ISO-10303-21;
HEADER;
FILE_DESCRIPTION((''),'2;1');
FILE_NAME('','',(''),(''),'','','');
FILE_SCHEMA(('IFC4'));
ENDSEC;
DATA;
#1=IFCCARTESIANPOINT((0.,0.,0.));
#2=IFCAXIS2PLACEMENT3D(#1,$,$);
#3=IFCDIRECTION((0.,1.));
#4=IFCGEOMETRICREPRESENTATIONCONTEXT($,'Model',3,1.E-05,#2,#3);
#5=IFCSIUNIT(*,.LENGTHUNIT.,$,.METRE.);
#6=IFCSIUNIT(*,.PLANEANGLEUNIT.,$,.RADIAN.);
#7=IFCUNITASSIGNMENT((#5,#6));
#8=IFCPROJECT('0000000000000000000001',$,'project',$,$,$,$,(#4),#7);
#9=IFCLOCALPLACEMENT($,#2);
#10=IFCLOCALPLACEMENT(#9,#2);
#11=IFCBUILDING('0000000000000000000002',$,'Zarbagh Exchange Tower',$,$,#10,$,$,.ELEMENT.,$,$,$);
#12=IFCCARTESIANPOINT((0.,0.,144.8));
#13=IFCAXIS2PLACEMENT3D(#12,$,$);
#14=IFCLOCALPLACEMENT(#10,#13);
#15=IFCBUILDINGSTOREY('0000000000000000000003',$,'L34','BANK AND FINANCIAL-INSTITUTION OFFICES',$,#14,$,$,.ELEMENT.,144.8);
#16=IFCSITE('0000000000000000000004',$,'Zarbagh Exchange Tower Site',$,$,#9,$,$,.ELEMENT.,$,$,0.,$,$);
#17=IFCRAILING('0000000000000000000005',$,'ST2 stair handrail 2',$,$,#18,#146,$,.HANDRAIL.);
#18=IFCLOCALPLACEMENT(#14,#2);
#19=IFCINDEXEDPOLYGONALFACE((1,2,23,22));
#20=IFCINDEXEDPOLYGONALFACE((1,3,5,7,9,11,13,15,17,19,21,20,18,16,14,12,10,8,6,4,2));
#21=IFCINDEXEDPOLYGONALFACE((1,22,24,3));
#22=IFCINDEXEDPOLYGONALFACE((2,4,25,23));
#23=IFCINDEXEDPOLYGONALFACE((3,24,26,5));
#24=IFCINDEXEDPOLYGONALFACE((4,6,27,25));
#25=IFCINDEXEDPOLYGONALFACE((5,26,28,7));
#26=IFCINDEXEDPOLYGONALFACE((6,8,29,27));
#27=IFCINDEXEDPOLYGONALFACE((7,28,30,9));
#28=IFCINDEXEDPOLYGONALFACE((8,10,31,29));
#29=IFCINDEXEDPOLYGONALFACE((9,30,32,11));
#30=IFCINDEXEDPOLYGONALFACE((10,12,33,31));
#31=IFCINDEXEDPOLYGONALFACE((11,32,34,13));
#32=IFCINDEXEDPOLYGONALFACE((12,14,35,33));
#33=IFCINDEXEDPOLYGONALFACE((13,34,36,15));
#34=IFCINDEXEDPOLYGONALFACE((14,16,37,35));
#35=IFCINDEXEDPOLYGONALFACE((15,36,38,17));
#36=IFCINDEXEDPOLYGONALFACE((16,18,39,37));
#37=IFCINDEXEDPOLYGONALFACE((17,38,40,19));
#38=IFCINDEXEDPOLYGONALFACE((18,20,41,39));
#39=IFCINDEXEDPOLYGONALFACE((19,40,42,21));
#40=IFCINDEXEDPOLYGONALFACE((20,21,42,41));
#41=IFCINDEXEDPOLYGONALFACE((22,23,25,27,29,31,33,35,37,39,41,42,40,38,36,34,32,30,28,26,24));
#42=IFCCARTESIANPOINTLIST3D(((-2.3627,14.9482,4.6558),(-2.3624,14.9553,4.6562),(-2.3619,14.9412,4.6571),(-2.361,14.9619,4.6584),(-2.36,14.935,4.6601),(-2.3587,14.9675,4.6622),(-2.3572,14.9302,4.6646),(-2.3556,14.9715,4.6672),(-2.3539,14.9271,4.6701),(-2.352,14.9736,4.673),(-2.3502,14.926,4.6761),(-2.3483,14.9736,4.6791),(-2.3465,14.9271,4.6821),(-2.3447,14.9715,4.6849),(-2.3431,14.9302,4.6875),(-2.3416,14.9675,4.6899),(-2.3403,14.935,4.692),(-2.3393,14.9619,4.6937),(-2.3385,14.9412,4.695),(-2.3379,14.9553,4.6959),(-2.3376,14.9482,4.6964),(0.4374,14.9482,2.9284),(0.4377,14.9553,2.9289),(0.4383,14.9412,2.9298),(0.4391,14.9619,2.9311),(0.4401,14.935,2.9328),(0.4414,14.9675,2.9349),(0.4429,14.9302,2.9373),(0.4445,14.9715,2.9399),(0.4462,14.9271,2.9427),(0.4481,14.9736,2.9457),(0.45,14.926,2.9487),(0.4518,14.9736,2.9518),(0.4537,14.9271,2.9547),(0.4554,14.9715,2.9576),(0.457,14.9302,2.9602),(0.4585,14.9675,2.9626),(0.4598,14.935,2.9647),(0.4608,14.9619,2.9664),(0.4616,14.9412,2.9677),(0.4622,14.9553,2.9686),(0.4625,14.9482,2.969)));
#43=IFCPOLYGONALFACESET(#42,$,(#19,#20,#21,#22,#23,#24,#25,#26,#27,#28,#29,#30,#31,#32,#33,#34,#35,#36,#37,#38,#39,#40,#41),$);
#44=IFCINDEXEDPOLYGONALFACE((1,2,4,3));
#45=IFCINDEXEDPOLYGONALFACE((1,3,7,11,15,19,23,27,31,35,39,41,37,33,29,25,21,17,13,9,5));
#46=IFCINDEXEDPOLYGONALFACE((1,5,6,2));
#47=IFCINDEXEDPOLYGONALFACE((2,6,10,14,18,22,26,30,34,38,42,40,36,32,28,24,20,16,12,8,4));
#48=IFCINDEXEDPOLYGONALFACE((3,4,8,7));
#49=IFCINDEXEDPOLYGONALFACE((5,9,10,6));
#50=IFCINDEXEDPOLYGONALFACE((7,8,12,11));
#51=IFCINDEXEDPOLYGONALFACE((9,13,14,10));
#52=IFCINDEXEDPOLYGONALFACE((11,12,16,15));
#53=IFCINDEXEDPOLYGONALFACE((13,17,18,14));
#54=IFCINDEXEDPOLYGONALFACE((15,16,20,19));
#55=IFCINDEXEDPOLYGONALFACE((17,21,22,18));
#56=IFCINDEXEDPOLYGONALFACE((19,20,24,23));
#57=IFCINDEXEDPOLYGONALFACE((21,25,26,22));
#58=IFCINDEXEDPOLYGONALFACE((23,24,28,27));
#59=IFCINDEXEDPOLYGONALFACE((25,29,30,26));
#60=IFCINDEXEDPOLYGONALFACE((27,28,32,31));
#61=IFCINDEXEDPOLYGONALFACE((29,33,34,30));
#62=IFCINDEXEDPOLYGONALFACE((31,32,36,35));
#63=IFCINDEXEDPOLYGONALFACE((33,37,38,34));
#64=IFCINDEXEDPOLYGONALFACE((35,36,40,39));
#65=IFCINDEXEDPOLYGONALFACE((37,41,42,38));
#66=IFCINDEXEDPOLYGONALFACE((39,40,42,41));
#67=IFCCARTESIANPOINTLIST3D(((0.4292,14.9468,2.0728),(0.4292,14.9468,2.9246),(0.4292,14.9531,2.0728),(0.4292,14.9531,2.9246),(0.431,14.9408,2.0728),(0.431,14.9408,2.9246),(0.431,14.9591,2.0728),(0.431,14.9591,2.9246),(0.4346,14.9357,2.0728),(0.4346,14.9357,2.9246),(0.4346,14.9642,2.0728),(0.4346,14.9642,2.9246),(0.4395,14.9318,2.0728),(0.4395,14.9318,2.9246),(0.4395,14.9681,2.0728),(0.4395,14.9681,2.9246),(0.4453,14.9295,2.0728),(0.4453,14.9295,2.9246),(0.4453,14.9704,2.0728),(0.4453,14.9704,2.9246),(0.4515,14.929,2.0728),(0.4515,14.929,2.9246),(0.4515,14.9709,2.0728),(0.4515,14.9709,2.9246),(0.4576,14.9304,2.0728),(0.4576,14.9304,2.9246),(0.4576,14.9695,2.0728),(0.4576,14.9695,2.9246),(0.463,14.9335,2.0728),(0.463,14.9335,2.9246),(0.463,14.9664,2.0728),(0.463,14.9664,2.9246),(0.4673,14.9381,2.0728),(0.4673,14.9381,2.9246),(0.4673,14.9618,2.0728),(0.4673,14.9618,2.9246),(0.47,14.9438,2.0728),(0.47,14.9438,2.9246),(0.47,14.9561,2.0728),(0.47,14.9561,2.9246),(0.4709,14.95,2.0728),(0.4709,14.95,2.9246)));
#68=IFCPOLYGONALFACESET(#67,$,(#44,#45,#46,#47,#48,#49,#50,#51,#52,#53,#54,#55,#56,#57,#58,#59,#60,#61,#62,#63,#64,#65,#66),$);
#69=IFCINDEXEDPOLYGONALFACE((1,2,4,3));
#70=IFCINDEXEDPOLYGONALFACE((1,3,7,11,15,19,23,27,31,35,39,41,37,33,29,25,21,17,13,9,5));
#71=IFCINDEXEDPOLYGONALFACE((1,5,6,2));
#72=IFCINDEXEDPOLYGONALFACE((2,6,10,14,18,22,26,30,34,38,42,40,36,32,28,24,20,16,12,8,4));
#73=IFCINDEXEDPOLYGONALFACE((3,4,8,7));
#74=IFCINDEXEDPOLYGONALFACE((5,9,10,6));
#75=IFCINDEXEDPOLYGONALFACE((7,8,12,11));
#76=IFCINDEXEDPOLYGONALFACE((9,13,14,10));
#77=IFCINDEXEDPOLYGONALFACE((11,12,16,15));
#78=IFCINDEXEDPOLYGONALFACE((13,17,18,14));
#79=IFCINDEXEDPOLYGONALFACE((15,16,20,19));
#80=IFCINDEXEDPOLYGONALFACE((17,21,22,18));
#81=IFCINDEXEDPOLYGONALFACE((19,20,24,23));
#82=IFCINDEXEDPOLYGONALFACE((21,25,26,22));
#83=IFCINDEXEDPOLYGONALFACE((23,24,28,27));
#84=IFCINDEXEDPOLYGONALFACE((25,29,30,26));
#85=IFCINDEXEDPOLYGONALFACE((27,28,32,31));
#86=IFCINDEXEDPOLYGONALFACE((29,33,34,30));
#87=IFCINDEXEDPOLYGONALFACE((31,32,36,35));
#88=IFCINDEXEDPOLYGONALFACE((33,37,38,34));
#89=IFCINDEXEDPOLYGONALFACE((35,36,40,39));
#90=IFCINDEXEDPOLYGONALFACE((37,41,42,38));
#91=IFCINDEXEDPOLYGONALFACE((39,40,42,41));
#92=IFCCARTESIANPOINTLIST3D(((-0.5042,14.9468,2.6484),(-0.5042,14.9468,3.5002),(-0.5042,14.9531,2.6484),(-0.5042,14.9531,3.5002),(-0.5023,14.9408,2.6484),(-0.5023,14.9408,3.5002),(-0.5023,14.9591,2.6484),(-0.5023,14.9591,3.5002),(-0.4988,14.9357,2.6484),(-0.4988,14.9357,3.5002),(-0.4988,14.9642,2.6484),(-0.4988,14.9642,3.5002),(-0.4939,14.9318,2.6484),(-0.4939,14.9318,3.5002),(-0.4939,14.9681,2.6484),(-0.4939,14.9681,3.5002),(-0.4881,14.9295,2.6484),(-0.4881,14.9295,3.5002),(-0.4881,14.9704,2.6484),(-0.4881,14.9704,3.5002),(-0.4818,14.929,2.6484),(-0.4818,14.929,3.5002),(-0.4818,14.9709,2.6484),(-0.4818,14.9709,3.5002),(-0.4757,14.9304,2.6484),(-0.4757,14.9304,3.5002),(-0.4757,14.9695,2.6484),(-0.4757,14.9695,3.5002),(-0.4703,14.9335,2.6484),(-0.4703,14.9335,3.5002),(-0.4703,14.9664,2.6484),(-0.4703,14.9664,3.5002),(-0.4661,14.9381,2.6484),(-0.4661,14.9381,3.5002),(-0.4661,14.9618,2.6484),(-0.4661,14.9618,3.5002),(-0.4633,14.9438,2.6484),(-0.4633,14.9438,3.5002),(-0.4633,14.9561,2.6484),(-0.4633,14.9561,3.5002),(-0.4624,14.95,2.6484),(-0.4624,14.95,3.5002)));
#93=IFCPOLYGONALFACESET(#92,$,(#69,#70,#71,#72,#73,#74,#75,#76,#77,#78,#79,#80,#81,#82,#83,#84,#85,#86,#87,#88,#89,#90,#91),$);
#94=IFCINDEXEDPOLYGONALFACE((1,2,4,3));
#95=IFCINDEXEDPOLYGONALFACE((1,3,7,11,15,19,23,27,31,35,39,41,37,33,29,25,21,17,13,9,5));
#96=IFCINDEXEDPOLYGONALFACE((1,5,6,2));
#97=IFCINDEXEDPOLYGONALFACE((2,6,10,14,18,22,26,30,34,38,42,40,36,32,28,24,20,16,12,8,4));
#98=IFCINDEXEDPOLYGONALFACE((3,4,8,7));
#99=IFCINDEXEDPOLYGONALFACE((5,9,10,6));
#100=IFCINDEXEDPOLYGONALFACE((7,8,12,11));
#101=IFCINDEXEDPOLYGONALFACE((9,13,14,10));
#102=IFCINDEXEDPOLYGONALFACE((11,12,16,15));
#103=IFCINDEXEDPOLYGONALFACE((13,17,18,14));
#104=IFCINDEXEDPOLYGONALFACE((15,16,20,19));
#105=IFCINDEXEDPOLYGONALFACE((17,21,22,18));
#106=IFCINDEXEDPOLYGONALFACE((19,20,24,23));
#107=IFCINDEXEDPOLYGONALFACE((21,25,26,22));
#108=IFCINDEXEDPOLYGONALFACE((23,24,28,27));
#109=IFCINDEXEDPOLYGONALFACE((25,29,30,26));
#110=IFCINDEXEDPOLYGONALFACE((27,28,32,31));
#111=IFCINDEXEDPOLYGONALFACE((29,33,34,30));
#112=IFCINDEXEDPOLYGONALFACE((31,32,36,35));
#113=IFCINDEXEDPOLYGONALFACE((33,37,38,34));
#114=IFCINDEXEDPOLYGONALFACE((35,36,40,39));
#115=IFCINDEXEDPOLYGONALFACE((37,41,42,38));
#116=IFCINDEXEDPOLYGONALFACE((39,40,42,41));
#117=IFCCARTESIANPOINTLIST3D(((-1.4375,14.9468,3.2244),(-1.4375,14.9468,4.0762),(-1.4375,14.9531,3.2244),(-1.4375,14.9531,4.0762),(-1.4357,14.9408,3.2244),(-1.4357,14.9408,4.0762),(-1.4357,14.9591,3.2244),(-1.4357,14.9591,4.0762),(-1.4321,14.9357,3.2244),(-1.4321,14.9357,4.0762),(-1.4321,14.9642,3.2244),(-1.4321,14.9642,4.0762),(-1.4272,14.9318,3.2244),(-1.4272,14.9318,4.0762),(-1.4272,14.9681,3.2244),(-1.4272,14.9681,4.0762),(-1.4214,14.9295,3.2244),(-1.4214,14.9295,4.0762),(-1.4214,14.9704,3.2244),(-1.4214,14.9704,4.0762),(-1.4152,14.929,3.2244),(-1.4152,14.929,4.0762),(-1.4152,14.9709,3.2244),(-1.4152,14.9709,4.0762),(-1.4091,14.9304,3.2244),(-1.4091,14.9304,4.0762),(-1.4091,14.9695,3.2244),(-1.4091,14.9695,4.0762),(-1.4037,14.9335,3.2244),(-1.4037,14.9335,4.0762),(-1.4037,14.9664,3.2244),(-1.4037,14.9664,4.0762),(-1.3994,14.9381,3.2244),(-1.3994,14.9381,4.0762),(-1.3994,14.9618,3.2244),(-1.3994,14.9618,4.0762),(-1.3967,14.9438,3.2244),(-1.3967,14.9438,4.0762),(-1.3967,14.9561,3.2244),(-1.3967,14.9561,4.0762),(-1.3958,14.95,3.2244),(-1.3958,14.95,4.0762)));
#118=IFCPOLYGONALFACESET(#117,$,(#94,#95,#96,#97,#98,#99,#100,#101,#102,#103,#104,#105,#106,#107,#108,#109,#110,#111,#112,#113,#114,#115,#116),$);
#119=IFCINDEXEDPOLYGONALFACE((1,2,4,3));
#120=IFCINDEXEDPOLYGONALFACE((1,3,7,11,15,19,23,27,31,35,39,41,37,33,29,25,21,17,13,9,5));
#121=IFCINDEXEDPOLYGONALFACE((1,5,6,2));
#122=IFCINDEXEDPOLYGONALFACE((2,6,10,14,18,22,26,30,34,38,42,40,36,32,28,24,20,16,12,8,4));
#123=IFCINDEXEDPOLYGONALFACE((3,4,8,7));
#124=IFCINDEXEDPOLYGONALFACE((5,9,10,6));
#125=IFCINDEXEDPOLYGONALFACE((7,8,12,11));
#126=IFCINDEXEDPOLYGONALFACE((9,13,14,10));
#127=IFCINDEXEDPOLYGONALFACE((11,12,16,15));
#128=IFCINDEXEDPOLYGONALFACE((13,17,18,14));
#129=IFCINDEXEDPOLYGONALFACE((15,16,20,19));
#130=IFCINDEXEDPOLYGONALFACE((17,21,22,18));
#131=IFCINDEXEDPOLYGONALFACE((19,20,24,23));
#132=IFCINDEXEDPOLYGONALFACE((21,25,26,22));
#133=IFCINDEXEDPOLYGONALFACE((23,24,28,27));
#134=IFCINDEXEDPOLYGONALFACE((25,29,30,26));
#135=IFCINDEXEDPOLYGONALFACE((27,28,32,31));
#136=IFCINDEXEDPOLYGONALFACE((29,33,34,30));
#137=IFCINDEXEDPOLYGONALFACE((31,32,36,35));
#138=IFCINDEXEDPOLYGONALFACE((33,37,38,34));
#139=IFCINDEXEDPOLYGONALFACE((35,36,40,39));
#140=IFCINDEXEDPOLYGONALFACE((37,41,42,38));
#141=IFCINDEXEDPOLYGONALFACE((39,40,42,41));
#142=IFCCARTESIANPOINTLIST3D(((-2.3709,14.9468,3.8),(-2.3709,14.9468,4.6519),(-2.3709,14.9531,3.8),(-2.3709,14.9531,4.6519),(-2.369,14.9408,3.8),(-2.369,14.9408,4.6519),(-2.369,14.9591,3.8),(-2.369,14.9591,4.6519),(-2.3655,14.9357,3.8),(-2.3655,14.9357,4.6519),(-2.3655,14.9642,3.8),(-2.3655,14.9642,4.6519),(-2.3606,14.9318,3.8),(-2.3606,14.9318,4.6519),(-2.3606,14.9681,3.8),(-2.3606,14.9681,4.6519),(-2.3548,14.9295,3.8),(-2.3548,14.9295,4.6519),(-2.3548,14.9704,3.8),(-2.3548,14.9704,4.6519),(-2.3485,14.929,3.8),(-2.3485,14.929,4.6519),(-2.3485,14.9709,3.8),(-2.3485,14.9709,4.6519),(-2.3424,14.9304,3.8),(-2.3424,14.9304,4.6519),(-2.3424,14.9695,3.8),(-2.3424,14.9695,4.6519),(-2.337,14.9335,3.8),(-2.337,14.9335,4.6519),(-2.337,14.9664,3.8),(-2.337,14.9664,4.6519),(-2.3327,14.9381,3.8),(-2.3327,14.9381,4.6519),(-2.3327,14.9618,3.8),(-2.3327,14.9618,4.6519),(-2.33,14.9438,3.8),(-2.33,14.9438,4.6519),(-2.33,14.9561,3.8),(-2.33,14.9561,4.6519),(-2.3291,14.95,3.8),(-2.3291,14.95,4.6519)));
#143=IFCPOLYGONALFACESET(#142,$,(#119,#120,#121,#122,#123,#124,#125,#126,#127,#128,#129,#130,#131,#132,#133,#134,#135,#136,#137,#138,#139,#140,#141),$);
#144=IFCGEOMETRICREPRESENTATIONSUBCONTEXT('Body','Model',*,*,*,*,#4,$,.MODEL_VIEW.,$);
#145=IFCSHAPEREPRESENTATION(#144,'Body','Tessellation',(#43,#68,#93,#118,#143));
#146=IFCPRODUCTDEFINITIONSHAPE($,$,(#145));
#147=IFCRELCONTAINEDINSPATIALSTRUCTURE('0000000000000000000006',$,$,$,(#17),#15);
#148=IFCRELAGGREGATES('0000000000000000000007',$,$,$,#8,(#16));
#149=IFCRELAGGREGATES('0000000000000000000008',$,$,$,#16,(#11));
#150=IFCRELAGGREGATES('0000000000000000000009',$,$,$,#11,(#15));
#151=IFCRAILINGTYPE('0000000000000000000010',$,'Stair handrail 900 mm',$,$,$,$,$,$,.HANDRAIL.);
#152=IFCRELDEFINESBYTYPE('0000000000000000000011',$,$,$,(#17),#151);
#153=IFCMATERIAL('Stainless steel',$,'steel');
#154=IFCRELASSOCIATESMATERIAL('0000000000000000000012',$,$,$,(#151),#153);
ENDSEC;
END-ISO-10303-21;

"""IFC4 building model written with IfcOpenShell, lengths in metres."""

from ifc_helpers import new_model, si_unit, direction, frame, origin, origin_2d, place, context, subcontext, project, spatial, circle, extrude, material, type_object, element, save


model = new_model("IFC4")

# Units and contexts
model_context = context("Model", 3, precision=1e-05, world=origin(), true_north=direction((0.0, 1.0)))
body_context = subcontext(model_context, "Body", "Model", "MODEL_VIEW")
ifc_project = project(units=[si_unit("LENGTHUNIT", "METRE"), si_unit("PLANEANGLEUNIT", "RADIAN")], contexts=[model_context])

# Site, building, storey
site_placement = place(None, origin())
site = spatial("IfcSite", under=ifc_project, at=site_placement, Name="Zarbagh Exchange Tower Site", CompositionType="ELEMENT", RefElevation=0.0)
building_placement = place(site_placement, origin())
building = spatial("IfcBuilding", under=site, at=building_placement, Name="Zarbagh Exchange Tower", CompositionType="ELEMENT")
storey_placement = place(building_placement, frame((0.0, 0.0, 144.8)))
storey = spatial("IfcBuildingStorey", under=building, at=storey_placement, Name="L34", Description="BANK AND FINANCIAL-INSTITUTION OFFICES", CompositionType="ELEMENT", Elevation=144.8)

# Railing
ifc_material_1 = material(Name="Stainless steel", Category="steel")
railing_type_1 = type_object("IfcRailingType", Name="Stair handrail 900 mm", PredefinedType="HANDRAIL", material=ifc_material_1)
railing_1_placement = place(storey_placement, frame((0.45, 14.95, 2.0728)))
element("IfcRailing", 1, at=railing_1_placement, inside=storey, type_object=railing_type_1, Name="ST2 stair handrail 2", PredefinedType="HANDRAIL", context=body_context, shape_type="SweptSolid", body=[
    extrude(circle(Radius=0.0239, at=origin_2d()), frame((0.0, 0.0, 0.876), z_axis=(-0.85109, 0.0, 0.52502), x_axis=(0.0, -1.0, 0.0)), (0.0, 0.0, 1.0), 3.29),
    extrude(circle(Radius=0.021, at=origin_2d()), origin(), (0.0, 0.0, 1.0), 0.8518),
    extrude(circle(Radius=0.021, at=origin_2d()), frame((-0.9333, 0.0, 0.5757)), (0.0, 0.0, 1.0), 0.8518),
    extrude(circle(Radius=0.021, at=origin_2d()), frame((-1.8667, 0.0, 1.1516)), (0.0, 0.0, 1.0), 0.8518),
    extrude(circle(Radius=0.021, at=origin_2d()), frame((-2.8, 0.0, 1.7273)), (0.0, 0.0, 1.0), 0.8518),
])

save(model, "model.ifc")
